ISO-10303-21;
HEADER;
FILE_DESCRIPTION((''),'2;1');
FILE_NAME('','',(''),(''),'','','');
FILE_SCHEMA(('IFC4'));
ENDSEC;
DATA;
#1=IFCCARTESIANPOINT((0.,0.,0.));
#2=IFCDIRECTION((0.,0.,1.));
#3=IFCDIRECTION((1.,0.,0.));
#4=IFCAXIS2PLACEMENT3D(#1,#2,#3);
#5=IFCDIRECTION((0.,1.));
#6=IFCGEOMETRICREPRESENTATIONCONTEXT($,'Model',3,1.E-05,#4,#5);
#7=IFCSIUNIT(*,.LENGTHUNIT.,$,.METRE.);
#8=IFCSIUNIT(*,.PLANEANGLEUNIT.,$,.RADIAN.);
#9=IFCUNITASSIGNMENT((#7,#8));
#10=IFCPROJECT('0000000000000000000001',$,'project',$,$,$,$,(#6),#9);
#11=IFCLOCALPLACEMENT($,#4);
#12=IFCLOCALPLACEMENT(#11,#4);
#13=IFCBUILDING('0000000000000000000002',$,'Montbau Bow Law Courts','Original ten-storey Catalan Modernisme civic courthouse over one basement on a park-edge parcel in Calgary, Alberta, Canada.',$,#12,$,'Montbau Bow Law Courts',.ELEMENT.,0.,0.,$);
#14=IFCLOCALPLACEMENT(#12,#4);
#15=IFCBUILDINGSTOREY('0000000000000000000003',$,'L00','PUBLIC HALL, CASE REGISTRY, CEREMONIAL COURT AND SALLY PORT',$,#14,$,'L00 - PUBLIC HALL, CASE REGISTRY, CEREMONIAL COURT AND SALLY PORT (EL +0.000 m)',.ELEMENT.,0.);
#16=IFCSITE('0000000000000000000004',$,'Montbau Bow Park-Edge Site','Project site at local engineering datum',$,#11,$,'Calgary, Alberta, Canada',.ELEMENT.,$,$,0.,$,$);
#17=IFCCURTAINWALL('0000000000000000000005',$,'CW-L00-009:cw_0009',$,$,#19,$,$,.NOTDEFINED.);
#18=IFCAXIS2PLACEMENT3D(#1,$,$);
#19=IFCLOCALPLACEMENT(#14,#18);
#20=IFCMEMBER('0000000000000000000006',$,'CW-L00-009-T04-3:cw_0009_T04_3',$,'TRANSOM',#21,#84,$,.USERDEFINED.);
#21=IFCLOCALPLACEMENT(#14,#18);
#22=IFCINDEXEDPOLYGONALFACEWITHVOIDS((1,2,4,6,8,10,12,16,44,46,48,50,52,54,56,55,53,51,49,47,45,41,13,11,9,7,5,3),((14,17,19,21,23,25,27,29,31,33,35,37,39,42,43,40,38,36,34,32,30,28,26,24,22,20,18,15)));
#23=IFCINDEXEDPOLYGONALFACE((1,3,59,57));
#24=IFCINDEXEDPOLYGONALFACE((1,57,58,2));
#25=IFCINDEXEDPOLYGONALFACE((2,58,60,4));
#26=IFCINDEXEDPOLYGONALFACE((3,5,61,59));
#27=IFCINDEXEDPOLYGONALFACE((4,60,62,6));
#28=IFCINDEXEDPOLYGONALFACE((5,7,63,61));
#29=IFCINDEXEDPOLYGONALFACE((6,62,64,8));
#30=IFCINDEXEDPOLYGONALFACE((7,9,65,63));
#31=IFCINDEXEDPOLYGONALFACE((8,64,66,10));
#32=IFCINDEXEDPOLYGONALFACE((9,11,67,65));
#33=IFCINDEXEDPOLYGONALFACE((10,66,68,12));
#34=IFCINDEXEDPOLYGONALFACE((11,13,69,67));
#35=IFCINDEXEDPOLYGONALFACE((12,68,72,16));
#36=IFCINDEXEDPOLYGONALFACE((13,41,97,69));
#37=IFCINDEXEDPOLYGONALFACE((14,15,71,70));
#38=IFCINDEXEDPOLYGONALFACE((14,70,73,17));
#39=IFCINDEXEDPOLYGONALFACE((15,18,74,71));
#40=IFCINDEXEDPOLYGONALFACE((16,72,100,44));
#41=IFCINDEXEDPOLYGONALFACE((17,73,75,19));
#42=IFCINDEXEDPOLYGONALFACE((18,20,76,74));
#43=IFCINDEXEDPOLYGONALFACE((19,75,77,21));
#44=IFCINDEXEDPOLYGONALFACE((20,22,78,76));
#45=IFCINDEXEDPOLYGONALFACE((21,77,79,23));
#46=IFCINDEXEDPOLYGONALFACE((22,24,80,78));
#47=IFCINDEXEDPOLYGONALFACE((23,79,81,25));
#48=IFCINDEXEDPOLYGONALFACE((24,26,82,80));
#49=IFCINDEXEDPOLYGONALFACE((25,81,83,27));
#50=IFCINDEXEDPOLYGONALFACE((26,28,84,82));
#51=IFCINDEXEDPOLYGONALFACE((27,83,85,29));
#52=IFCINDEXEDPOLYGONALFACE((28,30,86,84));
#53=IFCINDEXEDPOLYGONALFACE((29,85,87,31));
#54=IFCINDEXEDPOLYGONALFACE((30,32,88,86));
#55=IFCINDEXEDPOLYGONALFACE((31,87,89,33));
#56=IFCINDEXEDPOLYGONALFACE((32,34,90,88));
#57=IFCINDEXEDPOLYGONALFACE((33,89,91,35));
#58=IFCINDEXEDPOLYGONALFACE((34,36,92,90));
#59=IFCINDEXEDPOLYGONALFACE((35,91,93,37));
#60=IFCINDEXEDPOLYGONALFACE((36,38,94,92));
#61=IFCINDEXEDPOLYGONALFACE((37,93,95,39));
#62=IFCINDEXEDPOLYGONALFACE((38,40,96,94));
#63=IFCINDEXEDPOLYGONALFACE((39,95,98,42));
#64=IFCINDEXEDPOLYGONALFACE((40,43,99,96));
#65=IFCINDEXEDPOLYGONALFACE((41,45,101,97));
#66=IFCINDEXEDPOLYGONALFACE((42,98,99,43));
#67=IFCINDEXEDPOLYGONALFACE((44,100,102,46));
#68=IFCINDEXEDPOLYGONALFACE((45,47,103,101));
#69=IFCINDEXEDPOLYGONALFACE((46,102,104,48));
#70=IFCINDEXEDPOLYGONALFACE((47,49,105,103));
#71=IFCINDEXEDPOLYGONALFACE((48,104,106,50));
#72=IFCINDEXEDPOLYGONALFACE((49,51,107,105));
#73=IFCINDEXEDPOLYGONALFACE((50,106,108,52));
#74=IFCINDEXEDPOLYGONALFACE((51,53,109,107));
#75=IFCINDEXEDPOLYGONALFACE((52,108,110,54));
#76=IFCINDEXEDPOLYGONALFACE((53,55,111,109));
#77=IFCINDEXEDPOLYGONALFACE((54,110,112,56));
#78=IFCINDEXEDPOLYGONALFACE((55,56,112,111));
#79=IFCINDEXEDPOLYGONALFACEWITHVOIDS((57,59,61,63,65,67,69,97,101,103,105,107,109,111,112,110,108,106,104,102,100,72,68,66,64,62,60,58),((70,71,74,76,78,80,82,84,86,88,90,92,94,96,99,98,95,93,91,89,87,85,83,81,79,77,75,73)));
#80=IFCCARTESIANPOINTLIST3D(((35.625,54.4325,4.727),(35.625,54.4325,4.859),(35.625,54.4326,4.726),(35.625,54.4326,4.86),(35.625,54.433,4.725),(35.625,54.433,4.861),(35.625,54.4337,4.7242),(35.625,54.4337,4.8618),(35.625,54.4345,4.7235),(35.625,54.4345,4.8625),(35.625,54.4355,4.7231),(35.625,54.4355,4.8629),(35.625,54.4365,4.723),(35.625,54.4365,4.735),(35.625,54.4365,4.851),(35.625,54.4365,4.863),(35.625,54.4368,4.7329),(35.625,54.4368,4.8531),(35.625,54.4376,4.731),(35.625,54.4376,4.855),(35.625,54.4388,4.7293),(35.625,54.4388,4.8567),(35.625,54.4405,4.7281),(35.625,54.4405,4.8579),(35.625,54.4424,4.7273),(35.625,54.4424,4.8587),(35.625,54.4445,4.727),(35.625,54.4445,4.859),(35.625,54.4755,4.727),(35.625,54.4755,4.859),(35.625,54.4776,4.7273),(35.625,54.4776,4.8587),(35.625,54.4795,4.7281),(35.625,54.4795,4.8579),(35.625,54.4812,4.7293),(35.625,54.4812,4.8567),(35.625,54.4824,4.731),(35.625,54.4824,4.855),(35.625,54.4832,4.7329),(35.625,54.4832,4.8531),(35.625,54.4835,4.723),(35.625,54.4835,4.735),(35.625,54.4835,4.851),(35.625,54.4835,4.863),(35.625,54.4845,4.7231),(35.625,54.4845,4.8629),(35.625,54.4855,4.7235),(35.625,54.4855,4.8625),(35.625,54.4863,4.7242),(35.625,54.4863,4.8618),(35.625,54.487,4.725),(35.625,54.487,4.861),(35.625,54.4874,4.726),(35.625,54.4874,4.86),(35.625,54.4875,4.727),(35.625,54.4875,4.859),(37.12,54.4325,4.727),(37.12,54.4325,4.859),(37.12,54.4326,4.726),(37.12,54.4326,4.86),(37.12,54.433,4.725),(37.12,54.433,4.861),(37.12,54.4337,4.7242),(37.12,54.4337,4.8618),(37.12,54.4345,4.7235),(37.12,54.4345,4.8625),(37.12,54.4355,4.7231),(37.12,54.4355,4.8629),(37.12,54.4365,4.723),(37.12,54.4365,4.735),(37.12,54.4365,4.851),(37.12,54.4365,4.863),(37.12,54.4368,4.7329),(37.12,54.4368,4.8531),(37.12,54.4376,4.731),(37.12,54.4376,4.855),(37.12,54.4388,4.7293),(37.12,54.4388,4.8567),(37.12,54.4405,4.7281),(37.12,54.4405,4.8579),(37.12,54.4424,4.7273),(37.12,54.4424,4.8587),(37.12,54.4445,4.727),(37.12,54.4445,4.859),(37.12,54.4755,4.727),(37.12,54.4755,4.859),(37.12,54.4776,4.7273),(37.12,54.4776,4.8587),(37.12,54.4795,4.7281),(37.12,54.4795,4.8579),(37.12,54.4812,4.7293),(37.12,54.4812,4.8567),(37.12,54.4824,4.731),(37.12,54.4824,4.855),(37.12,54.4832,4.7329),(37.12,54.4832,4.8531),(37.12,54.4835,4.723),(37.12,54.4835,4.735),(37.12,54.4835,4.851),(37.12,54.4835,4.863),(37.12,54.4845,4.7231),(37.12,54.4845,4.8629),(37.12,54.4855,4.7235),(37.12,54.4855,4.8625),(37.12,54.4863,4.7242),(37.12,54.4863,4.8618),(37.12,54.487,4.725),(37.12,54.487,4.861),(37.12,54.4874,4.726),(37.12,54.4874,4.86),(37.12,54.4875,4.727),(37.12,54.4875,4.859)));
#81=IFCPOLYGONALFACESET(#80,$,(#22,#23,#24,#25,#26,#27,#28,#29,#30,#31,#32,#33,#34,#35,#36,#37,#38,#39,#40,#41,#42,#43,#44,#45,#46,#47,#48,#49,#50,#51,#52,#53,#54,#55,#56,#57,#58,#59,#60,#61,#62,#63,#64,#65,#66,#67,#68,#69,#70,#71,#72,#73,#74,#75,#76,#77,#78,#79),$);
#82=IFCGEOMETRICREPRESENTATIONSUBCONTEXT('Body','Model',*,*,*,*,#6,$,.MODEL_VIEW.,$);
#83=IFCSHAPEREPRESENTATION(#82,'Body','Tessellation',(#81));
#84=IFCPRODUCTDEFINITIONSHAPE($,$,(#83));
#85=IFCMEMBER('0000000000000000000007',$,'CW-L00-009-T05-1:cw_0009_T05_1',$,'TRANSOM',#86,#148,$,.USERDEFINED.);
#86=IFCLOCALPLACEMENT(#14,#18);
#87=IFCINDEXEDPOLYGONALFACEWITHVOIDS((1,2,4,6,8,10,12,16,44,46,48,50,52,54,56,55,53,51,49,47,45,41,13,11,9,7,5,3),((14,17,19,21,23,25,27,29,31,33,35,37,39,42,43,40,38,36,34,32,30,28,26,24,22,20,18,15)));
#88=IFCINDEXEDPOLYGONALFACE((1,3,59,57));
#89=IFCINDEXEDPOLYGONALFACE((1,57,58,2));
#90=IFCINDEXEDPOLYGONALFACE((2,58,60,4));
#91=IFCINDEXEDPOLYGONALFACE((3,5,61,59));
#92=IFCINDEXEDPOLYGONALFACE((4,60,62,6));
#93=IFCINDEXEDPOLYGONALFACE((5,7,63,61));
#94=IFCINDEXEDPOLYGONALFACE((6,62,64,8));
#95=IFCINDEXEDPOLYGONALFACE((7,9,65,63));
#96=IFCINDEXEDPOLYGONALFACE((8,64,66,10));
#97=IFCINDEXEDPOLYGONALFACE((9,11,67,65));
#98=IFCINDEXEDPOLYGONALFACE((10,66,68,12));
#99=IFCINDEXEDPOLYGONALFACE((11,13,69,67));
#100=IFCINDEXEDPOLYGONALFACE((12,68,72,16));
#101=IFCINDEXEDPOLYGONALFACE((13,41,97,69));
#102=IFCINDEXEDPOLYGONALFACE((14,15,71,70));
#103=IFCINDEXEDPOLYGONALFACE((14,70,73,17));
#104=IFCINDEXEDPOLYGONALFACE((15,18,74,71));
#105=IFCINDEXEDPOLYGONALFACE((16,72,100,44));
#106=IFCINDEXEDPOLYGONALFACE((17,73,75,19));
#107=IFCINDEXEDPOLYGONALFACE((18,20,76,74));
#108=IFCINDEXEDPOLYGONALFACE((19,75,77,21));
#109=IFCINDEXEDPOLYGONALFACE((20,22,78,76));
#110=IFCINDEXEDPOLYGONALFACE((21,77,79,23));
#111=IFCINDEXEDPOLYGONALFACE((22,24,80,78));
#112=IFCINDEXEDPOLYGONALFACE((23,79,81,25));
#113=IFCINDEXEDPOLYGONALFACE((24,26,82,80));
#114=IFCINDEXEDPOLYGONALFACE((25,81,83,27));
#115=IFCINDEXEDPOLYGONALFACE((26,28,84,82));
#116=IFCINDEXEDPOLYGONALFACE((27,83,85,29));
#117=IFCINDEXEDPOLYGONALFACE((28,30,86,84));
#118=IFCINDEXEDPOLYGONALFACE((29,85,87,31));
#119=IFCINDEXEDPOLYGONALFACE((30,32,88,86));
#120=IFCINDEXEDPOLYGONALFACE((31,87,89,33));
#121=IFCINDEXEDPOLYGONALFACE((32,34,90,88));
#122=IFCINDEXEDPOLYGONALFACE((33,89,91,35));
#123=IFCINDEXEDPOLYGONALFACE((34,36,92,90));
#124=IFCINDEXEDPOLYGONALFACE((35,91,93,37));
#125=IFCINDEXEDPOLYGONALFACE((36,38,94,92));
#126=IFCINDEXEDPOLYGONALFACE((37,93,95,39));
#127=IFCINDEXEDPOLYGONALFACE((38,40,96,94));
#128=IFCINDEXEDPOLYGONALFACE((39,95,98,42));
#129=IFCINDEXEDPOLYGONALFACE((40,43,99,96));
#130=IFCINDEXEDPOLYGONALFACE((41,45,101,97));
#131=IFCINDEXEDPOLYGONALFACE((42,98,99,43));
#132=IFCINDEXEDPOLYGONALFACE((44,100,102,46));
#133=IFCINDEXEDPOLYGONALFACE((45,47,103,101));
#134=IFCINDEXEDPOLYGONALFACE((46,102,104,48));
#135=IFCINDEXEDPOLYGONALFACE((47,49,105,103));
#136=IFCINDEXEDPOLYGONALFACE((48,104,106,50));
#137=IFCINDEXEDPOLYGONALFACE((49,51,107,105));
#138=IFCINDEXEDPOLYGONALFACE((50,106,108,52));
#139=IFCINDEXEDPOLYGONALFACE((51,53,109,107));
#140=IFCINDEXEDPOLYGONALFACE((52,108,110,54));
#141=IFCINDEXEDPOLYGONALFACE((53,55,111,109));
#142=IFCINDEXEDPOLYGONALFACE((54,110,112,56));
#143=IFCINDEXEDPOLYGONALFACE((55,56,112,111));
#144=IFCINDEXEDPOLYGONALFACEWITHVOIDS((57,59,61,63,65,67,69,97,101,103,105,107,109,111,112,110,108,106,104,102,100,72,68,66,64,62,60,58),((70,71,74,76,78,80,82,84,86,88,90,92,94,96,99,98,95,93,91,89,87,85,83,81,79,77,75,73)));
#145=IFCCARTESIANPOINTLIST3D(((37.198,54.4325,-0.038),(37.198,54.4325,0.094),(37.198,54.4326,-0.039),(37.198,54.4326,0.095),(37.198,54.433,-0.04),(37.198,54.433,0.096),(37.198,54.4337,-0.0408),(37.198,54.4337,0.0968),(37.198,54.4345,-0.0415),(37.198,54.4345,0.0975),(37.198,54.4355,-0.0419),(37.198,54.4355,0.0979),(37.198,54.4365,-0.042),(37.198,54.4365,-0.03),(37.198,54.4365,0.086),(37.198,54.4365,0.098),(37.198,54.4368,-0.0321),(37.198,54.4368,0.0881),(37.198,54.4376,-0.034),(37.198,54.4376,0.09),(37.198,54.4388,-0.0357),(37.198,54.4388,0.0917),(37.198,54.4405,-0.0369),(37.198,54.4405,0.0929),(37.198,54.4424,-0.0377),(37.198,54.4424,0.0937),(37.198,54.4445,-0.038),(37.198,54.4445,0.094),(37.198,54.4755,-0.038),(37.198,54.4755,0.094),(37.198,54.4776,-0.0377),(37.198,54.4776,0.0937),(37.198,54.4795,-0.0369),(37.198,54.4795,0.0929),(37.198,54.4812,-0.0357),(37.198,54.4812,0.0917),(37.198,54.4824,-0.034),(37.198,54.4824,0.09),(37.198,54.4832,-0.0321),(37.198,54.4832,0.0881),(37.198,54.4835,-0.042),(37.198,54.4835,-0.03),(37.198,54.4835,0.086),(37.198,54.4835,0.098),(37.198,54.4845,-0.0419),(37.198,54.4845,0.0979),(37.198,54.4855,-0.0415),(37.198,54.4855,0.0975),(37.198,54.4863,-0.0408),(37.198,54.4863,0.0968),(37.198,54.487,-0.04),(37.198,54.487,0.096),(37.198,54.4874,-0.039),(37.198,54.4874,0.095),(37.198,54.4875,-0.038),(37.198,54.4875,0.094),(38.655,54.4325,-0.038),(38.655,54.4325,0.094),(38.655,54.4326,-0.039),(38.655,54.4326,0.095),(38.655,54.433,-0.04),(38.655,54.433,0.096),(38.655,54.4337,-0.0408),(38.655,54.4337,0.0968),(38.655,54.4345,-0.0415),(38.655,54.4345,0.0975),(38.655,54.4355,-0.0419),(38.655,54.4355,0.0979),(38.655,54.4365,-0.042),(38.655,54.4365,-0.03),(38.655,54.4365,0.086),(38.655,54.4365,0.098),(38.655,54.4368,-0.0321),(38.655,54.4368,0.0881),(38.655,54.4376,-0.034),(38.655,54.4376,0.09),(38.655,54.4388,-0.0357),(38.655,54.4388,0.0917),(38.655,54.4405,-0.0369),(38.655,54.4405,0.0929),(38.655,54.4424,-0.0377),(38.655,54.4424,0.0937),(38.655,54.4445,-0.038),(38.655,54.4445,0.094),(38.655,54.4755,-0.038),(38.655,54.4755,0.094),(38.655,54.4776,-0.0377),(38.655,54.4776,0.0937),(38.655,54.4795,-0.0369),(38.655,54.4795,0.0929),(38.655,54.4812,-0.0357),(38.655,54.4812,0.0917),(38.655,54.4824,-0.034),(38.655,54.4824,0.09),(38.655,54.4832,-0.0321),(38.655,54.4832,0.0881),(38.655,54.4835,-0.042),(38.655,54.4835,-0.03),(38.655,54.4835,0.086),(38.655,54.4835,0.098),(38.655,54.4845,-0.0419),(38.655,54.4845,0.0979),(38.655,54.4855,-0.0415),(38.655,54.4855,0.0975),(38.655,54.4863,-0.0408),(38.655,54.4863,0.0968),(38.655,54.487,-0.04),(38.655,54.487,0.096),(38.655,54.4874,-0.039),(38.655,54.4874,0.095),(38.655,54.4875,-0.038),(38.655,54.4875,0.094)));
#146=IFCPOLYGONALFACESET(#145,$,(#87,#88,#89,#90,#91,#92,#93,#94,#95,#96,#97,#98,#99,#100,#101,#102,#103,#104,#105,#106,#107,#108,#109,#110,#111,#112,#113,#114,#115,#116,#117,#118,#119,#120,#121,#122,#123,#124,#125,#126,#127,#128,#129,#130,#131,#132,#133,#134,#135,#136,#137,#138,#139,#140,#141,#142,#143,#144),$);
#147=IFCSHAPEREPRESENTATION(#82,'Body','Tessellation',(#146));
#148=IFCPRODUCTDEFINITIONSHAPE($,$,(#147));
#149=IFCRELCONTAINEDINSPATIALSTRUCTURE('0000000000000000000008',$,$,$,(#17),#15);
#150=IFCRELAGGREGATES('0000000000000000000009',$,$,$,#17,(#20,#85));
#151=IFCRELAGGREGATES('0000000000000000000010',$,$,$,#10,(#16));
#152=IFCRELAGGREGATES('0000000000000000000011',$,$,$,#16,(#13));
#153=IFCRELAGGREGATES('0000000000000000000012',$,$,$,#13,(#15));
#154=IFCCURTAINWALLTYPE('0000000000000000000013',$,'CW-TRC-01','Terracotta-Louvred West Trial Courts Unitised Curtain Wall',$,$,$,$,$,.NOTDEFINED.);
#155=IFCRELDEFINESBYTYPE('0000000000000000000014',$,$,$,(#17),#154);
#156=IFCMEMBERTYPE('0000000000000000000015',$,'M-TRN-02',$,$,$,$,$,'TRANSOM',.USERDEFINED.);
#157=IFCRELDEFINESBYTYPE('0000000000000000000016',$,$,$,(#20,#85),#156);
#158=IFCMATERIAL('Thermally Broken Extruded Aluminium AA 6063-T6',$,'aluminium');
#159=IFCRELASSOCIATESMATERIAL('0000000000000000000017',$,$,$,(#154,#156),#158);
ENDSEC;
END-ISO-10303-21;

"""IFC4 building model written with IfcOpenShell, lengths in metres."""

from ifc_helpers import new_model, si_unit, direction, frame, origin_with_axes, origin_2d_with_axis, place, context, subcontext, project, spatial, hollow_rectangle, extrude, material, material_profile, profile_set, type_object, element, aggregate, save


model = new_model("IFC4")

# Units and contexts
model_context = context("Model", 3, precision=1e-05, world=origin_with_axes(), true_north=direction((0.0, 1.0)))
body_context = subcontext(model_context, "Body", "Model", "MODEL_VIEW")
ifc_project = project(units=[si_unit("LENGTHUNIT", "METRE"), si_unit("PLANEANGLEUNIT", "RADIAN")], contexts=[model_context])

# Site, building, storey
site_placement = place(None, origin_with_axes())
site = spatial("IfcSite", under=ifc_project, at=site_placement, Name="Montbau Bow Park-Edge Site", Description="Project site at local engineering datum", LongName="Calgary, Alberta, Canada", CompositionType="ELEMENT", RefElevation=0.0)
building_placement = place(site_placement, origin_with_axes())
building = spatial("IfcBuilding", under=site, at=building_placement, Name="Montbau Bow Law Courts", Description="Original ten-storey Catalan Modernisme civic courthouse over one basement on a park-edge parcel in Calgary, Alberta, Canada.", LongName="Montbau Bow Law Courts", CompositionType="ELEMENT", ElevationOfRefHeight=0.0, ElevationOfTerrain=0.0)
storey_placement = place(building_placement, origin_with_axes())
storey = spatial("IfcBuildingStorey", under=building, at=storey_placement, Name="L00", Description="PUBLIC HALL, CASE REGISTRY, CEREMONIAL COURT AND SALLY PORT", LongName="L00 - PUBLIC HALL, CASE REGISTRY, CEREMONIAL COURT AND SALLY PORT (EL +0.000 m)", CompositionType="ELEMENT", Elevation=0.0)

# Curtain wall
ifc_material_1 = material(Name="Thermally Broken Extruded Aluminium AA 6063-T6", Category="aluminium")
curtain_wall_type = type_object("IfcCurtainWallType", Name="CW-TRC-01", Description="Terracotta-Louvred West Trial Courts Unitised Curtain Wall", PredefinedType="NOTDEFINED", material=ifc_material_1)
curtain_wall_1_placement = place(None, frame((30.867, 54.46, 0.0), z_axis=(0.0, 0.0, 1.0), x_axis=(1.0, 0.0, 0.0)))
curtain_wall_1 = element("IfcCurtainWall", 1, at=curtain_wall_1_placement, inside=storey, type_object=curtain_wall_type, Name="CW-L00-009:cw_0009", PredefinedType="NOTDEFINED")

# Members
ifc_material_profile_1 = material_profile(ifc_material_1, hollow_rectangle(XDim=0.055, YDim=0.14, WallThickness=0.004, InnerFilletRadius=0.008, OuterFilletRadius=0.004, at=origin_2d_with_axis()), Name="CWT-140X55", Category="Main", Priority=0)
ifc_profile_set_1 = profile_set([ifc_material_profile_1], Name="Thermally Broken Extruded Aluminium AA 6063-T6")
member_type_1 = type_object("IfcMemberType", Name="M-TRN-02", ElementType="TRANSOM", PredefinedType="USERDEFINED", material=ifc_profile_set_1)
member_1_placement = place(None, frame((35.625, 54.46, 4.793), z_axis=(1.0, 0.0, 0.0), x_axis=(0.0, 1.0, 0.0)))
member_1 = element("IfcMember", 2, at=member_1_placement, type_object=member_type_1, Name="CW-L00-009-T04-3:cw_0009_T04_3", ObjectType="TRANSOM", PredefinedType="USERDEFINED", context=body_context, shape_type="SweptSolid", body=[
    extrude(hollow_rectangle(XDim=0.055, YDim=0.14, WallThickness=0.004, InnerFilletRadius=0.008, OuterFilletRadius=0.004, at=origin_2d_with_axis()), origin_with_axes(), (0.0, 0.0, 1.0), 1.495),
])
member_2_placement = place(None, frame((37.198, 54.46, 0.028), z_axis=(1.0, 0.0, 0.0), x_axis=(0.0, 1.0, 0.0)))
member_2 = element("IfcMember", 3, at=member_2_placement, type_object=member_type_1, Name="CW-L00-009-T05-1:cw_0009_T05_1", ObjectType="TRANSOM", PredefinedType="USERDEFINED", context=body_context, shape_type="SweptSolid", body=[
    extrude(hollow_rectangle(XDim=0.055, YDim=0.14, WallThickness=0.004, InnerFilletRadius=0.008, OuterFilletRadius=0.004, at=origin_2d_with_axis()), origin_with_axes(), (0.0, 0.0, 1.0), 1.457),
])

aggregate(curtain_wall_1, [member_1, member_2])

save(model, "model.ifc")
